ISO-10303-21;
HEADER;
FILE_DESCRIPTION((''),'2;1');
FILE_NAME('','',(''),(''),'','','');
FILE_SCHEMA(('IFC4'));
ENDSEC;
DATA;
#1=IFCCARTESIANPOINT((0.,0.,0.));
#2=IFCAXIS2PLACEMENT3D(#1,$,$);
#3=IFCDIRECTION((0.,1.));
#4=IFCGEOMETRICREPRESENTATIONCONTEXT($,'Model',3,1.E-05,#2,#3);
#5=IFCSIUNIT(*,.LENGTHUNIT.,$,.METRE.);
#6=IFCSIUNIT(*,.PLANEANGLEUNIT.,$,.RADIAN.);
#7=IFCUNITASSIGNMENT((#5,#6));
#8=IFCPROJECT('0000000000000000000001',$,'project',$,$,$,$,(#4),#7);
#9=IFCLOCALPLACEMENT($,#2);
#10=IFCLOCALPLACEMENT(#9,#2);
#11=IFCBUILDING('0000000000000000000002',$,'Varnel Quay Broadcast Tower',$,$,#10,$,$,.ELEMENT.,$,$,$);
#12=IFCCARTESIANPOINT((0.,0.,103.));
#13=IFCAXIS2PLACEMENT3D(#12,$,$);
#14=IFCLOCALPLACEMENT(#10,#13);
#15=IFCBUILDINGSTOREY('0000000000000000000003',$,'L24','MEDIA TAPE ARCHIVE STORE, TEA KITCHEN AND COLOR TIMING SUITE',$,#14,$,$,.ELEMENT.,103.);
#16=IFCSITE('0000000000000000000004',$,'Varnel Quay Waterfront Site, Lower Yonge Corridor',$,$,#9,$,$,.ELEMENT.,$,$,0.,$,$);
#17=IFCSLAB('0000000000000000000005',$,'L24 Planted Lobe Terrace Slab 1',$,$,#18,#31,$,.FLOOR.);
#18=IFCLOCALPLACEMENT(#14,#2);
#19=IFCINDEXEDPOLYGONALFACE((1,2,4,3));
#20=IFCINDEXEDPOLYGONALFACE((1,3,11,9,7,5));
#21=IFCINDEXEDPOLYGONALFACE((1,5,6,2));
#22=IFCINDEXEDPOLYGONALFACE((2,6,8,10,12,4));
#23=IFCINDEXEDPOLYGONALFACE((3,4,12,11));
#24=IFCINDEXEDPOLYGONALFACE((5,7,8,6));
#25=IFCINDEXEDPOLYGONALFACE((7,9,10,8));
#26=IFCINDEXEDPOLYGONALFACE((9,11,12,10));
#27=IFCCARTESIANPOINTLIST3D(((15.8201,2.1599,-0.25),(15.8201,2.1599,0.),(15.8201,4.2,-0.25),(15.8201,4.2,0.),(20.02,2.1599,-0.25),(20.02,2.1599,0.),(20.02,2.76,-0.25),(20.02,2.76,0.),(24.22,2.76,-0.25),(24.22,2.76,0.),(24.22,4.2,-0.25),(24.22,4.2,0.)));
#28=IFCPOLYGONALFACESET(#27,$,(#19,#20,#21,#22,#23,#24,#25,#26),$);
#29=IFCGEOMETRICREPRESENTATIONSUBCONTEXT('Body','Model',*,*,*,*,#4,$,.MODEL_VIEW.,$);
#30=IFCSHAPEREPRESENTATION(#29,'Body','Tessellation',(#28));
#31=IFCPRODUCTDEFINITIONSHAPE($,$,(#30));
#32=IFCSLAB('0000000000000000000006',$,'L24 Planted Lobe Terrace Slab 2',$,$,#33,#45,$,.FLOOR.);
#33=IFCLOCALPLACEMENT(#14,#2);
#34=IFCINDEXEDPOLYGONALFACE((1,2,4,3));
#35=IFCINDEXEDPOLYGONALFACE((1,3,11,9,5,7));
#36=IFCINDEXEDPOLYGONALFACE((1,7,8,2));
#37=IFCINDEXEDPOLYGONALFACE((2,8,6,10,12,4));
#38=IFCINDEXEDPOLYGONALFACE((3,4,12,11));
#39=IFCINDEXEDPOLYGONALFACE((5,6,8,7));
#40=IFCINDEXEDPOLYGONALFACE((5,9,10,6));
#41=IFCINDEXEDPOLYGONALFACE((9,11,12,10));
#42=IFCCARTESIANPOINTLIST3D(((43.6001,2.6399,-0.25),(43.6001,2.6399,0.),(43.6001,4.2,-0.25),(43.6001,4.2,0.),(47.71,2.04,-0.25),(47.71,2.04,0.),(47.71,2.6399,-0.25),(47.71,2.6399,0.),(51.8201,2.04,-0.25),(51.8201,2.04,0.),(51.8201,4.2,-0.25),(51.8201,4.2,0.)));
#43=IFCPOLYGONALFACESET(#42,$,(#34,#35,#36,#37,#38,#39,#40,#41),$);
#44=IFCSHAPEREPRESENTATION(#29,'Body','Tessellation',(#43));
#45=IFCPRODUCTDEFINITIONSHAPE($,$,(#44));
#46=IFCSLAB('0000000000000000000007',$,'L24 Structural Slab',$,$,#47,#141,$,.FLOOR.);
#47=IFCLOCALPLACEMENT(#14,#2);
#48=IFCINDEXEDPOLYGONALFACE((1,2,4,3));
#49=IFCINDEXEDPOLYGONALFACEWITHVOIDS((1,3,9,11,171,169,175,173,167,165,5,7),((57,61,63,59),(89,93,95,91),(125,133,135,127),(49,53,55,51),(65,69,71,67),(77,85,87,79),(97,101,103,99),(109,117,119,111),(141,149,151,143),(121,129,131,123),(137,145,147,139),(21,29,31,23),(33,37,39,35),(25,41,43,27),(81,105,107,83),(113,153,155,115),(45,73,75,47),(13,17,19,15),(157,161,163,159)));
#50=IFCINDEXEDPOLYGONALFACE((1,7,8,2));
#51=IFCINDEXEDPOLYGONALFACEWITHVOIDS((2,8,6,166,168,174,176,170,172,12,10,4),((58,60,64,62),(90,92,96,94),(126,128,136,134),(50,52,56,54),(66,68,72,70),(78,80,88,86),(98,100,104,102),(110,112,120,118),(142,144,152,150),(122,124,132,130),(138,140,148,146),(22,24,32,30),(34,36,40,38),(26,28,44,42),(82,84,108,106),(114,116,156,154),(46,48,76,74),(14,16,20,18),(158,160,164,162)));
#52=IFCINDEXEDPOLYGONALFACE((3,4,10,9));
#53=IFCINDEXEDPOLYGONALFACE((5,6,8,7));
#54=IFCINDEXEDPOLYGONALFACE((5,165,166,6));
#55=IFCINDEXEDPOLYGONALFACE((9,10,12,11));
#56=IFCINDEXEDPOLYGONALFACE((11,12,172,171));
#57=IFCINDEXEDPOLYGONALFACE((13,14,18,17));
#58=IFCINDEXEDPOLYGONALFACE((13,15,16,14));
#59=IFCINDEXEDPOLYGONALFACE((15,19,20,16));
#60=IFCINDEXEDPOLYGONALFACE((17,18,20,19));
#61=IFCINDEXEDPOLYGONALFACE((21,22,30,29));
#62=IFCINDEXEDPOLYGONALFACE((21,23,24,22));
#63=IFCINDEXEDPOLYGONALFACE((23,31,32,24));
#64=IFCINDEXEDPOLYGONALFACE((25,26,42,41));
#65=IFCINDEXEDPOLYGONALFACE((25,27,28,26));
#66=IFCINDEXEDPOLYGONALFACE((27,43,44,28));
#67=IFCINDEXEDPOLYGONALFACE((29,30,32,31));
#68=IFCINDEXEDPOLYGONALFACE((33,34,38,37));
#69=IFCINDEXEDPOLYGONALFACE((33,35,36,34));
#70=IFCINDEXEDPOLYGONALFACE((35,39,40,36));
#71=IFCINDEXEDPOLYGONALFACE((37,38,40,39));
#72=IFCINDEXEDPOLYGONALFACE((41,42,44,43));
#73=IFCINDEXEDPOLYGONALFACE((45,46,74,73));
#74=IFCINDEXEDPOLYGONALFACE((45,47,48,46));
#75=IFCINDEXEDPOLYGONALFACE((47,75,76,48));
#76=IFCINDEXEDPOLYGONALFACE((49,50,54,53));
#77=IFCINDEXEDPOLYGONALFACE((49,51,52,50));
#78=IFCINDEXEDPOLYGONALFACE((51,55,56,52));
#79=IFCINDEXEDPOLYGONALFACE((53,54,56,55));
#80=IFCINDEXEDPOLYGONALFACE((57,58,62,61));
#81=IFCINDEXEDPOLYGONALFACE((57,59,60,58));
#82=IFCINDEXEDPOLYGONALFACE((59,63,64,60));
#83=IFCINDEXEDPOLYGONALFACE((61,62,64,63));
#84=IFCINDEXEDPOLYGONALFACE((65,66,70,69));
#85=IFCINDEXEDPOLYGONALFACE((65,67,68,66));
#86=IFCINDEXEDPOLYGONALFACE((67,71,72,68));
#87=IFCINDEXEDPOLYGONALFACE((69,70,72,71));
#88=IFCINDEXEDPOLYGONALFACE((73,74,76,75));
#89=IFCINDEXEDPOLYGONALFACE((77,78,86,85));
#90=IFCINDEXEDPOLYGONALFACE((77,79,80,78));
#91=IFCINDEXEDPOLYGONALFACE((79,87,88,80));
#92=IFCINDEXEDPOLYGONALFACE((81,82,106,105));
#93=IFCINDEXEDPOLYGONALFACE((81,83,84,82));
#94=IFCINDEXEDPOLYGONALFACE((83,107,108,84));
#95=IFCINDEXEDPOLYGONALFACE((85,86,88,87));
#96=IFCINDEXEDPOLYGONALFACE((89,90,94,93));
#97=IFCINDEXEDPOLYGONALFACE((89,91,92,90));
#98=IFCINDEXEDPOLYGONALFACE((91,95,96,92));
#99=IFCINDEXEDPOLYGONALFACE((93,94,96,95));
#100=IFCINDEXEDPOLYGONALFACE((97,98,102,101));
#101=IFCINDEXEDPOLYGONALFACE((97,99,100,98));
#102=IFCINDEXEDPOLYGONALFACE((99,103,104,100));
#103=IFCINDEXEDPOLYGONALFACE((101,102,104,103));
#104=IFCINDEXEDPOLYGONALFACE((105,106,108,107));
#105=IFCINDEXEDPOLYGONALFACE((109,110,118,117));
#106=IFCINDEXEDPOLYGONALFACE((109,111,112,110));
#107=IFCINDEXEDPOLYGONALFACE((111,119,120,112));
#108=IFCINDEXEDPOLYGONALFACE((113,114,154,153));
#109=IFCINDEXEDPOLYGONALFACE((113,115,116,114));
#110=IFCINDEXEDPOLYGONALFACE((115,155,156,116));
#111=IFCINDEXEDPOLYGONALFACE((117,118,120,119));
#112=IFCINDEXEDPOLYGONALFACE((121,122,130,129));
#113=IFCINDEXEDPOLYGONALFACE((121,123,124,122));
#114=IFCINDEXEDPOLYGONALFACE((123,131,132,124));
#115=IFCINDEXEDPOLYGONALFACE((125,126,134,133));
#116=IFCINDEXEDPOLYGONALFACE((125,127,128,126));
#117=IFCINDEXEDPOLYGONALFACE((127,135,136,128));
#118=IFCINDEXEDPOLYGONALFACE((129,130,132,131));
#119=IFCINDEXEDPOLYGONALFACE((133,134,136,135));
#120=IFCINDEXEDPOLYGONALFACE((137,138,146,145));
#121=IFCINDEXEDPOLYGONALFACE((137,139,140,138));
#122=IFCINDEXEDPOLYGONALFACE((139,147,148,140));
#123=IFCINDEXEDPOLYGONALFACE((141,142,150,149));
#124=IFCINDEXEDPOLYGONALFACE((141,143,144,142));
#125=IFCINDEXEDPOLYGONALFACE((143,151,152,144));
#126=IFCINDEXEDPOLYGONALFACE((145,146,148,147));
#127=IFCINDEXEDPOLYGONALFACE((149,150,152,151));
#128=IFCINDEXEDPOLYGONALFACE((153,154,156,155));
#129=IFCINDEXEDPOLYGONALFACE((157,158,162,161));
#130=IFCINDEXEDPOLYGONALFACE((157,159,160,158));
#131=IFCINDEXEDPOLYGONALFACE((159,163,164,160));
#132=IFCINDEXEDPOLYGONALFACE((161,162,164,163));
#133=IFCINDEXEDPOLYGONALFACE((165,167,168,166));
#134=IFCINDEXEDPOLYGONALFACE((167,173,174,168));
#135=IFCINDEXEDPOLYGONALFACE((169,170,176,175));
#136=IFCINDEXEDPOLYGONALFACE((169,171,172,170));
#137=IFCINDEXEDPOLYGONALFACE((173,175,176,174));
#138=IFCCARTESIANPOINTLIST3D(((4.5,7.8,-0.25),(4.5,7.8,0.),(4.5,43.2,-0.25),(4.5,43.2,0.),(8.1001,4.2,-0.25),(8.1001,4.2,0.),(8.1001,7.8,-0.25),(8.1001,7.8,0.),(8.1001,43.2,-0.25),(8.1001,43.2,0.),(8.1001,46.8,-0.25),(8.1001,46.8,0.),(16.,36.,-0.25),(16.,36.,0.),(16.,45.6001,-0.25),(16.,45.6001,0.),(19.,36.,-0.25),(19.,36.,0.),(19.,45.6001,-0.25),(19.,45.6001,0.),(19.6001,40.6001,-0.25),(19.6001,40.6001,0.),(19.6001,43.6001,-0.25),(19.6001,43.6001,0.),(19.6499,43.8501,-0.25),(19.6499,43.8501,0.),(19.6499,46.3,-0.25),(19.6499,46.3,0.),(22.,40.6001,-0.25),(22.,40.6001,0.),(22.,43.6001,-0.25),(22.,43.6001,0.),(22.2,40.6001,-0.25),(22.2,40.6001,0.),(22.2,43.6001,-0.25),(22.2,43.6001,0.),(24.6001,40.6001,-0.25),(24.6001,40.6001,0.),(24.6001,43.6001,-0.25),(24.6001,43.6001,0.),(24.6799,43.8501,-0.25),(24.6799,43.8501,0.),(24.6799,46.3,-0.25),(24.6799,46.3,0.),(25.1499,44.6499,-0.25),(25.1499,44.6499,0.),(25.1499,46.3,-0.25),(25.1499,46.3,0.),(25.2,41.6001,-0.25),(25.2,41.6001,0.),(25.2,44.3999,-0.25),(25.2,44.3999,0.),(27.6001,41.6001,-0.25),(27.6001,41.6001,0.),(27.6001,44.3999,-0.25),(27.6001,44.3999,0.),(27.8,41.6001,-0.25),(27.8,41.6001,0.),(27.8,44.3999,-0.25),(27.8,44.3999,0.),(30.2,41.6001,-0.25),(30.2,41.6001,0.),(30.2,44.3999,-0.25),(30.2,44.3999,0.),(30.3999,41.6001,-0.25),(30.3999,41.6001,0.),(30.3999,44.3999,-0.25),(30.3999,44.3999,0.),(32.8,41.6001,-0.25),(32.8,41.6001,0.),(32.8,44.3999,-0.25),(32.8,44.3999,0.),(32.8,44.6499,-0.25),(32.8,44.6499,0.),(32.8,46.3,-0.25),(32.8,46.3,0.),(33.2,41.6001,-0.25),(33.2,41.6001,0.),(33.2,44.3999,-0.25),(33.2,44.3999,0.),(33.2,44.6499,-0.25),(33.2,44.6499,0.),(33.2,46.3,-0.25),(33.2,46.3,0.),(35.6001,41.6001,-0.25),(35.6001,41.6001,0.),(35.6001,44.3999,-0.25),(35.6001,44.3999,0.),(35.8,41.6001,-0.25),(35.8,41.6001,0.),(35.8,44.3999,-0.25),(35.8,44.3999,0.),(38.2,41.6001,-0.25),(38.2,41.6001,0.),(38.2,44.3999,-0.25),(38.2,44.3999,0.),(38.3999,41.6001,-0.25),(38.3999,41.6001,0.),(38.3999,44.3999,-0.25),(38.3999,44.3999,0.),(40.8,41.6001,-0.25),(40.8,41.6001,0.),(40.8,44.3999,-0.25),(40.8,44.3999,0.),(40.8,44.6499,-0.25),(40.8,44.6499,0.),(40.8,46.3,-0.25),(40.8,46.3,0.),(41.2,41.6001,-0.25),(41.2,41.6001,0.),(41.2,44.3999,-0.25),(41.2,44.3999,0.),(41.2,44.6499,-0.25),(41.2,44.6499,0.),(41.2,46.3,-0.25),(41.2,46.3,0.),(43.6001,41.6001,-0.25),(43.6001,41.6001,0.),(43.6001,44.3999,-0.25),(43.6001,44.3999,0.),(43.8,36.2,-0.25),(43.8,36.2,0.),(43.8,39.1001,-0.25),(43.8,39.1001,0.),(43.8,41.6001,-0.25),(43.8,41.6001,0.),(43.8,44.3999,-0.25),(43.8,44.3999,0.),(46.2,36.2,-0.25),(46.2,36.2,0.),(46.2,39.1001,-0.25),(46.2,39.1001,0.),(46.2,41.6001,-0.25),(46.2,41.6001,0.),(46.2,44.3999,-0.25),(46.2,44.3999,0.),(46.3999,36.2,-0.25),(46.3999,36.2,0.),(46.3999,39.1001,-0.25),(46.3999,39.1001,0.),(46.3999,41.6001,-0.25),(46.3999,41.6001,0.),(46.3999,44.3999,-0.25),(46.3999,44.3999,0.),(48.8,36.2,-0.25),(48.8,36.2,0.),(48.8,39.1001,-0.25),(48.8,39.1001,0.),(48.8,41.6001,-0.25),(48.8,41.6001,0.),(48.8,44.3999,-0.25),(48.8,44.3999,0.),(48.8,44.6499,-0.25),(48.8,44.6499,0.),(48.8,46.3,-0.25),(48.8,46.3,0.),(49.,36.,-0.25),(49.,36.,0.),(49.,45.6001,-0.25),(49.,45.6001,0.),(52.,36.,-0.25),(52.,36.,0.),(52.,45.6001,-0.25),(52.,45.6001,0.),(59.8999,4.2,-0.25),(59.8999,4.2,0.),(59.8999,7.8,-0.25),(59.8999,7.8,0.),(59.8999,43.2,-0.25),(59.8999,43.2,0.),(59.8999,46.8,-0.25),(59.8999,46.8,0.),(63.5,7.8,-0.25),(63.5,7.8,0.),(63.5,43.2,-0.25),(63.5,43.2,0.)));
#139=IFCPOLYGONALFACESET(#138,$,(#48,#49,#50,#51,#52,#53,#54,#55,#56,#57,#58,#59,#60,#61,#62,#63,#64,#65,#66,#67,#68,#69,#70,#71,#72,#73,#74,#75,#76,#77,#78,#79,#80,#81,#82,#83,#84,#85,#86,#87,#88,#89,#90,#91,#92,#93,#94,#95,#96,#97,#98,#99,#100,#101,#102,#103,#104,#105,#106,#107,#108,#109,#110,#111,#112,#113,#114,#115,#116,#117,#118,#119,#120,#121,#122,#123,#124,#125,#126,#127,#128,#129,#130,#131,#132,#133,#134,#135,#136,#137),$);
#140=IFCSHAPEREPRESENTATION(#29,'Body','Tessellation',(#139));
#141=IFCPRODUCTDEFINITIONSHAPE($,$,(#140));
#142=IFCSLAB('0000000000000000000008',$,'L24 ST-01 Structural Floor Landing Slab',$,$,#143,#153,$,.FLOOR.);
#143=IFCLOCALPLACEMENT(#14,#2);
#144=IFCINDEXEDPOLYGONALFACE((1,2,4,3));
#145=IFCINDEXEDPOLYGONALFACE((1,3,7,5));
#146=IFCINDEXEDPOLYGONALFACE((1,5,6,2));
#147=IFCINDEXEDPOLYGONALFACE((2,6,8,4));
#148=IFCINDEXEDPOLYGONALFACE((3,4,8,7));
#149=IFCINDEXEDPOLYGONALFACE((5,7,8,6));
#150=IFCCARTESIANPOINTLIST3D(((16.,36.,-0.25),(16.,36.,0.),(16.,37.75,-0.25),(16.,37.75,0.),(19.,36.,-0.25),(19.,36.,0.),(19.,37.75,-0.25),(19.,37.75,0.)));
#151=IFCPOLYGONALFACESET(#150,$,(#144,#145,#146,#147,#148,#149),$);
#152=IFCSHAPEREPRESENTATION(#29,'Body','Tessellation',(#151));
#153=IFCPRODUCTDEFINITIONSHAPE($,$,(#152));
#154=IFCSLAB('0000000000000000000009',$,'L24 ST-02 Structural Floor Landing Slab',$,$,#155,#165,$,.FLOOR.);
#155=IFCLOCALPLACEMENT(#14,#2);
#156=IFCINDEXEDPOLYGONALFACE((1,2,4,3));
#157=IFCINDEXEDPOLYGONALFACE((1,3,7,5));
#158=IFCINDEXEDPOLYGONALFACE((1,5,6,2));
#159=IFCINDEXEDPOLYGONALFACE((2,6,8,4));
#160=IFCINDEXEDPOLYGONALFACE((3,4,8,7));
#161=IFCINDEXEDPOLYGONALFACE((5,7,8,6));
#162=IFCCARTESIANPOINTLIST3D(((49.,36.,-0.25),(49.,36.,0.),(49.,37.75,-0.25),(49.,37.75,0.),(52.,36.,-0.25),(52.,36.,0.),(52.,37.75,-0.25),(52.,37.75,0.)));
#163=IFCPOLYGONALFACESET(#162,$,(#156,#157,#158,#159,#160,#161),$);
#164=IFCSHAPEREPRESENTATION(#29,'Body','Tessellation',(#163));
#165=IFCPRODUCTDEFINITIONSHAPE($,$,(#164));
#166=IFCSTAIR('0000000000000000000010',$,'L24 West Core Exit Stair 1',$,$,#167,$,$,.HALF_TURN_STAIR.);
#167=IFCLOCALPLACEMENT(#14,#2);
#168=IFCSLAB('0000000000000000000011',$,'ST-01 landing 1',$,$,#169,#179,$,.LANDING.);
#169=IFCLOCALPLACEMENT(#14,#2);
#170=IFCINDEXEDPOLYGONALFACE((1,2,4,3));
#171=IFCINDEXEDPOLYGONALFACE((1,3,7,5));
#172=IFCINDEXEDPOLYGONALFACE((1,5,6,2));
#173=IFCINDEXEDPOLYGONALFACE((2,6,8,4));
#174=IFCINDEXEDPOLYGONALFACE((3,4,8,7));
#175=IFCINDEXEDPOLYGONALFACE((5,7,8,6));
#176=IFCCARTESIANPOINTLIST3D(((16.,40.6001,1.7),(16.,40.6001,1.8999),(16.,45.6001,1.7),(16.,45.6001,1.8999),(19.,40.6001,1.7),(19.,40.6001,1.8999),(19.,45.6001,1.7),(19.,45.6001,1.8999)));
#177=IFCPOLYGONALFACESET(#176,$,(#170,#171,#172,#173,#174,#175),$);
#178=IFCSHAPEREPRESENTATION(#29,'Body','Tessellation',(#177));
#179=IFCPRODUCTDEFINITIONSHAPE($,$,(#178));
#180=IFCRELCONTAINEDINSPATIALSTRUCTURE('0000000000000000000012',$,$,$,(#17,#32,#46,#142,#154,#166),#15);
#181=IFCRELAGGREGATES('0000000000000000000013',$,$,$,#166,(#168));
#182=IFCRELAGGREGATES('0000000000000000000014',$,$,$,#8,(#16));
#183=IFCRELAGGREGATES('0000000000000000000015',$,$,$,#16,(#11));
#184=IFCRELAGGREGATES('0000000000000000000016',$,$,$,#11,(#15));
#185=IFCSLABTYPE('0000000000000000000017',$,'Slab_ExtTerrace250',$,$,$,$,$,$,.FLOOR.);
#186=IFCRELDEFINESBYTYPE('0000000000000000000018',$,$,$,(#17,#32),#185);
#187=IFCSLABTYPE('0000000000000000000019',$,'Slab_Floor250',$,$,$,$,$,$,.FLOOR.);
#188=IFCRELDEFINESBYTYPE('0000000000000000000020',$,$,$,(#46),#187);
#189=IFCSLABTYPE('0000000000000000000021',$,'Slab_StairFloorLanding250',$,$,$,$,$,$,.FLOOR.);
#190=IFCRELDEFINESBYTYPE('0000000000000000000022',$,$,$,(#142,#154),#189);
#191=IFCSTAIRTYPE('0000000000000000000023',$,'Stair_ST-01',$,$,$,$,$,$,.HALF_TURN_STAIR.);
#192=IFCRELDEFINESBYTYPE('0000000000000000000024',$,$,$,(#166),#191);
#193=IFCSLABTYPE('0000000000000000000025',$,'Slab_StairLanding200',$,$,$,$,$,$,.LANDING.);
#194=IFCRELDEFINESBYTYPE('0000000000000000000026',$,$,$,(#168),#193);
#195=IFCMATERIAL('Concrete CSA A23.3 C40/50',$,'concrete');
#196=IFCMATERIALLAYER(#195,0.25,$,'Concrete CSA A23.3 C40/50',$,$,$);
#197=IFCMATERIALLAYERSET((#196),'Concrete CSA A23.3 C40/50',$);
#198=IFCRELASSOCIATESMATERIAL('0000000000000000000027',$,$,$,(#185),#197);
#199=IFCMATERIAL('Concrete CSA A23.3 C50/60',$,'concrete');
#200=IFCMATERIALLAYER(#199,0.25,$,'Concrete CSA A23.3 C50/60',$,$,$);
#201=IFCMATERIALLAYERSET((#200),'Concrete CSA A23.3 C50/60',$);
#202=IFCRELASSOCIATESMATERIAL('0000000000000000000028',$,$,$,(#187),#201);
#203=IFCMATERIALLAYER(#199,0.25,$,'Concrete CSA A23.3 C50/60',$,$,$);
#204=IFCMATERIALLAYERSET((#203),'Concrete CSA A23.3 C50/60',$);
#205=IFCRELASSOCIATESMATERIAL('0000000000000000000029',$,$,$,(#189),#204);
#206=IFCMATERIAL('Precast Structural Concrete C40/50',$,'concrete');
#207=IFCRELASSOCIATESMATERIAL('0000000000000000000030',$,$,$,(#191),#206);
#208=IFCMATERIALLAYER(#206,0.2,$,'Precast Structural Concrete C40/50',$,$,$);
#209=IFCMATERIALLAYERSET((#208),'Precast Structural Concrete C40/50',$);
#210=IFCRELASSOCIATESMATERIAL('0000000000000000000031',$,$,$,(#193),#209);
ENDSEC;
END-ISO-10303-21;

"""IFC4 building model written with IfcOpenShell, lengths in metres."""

from ifc_helpers import new_model, si_unit, direction, frame, origin, place, context, subcontext, project, spatial, polyline, outline, extrude, material, layer, layer_set, type_object, element, aggregate, save


model = new_model("IFC4")

# Units and contexts
model_context = context("Model", 3, precision=1e-05, world=origin(), true_north=direction((0.0, 1.0)))
body_context = subcontext(model_context, "Body", "Model", "MODEL_VIEW")
ifc_project = project(units=[si_unit("LENGTHUNIT", "METRE"), si_unit("PLANEANGLEUNIT", "RADIAN")], contexts=[model_context])

# Site, building, storey
site_placement = place(None, origin())
site = spatial("IfcSite", under=ifc_project, at=site_placement, Name="Varnel Quay Waterfront Site, Lower Yonge Corridor", CompositionType="ELEMENT", RefElevation=0.0)
building_placement = place(site_placement, origin())
building = spatial("IfcBuilding", under=site, at=building_placement, Name="Varnel Quay Broadcast Tower", CompositionType="ELEMENT")
storey_placement = place(building_placement, frame((0.0, 0.0, 103.0)))
storey = spatial("IfcBuildingStorey", under=building, at=storey_placement, Name="L24", Description="MEDIA TAPE ARCHIVE STORE, TEA KITCHEN AND COLOR TIMING SUITE", CompositionType="ELEMENT", Elevation=103.0)

# Slabs
ifc_material_1 = material(Name="Concrete CSA A23.3 C40/50", Category="concrete")
ifc_layer_1 = layer(ifc_material_1, 0.25, Name="Concrete CSA A23.3 C40/50")
ifc_layer_set_1 = layer_set([ifc_layer_1], Name="Concrete CSA A23.3 C40/50")
slab_type_1 = type_object("IfcSlabType", Name="Slab_ExtTerrace250", PredefinedType="FLOOR", material=ifc_layer_set_1)
slab_1_placement = place(storey_placement, frame((0.0, 0.0, -0.25)))
element("IfcSlab", 1, at=slab_1_placement, inside=storey, type_object=slab_type_1, Name="L24 Planted Lobe Terrace Slab 1", PredefinedType="FLOOR", context=body_context, shape_type="SweptSolid", body=[
    extrude(outline(polyline([(15.8201, 2.1599), (20.02, 2.1599), (20.02, 2.76), (24.22, 2.76), (24.22, 4.2), (15.8201, 4.2), (15.8201, 2.1599)])), origin(), (0.0, 0.0, 1.0), 0.25),
])
slab_2_placement = place(storey_placement, frame((0.0, 0.0, -0.25)))
element("IfcSlab", 2, at=slab_2_placement, inside=storey, type_object=slab_type_1, Name="L24 Planted Lobe Terrace Slab 2", PredefinedType="FLOOR", context=body_context, shape_type="SweptSolid", body=[
    extrude(outline(polyline([(43.6001, 2.6399), (47.71, 2.6399), (47.71, 2.04), (51.8201, 2.04), (51.8201, 4.2), (43.6001, 4.2), (43.6001, 2.6399)])), origin(), (0.0, 0.0, 1.0), 0.25),
])
ifc_material_2 = material(Name="Concrete CSA A23.3 C50/60", Category="concrete")
ifc_layer_2 = layer(ifc_material_2, 0.25, Name="Concrete CSA A23.3 C50/60")
ifc_layer_set_2 = layer_set([ifc_layer_2], Name="Concrete CSA A23.3 C50/60")
slab_type_2 = type_object("IfcSlabType", Name="Slab_Floor250", PredefinedType="FLOOR", material=ifc_layer_set_2)
slab_3_placement = place(storey_placement, frame((0.0, 0.0, -0.25)))
element("IfcSlab", 3, at=slab_3_placement, inside=storey, type_object=slab_type_2, Name="L24 Structural Slab", PredefinedType="FLOOR", context=body_context, shape_type="SweptSolid", body=[
    extrude(outline(polyline([(8.1001, 4.2), (59.8999, 4.2), (59.8999, 7.8), (63.5, 7.8), (63.5, 43.2), (59.8999, 43.2), (59.8999, 46.8), (8.1001, 46.8), (8.1001, 43.2), (4.5, 43.2), (4.5, 7.8), (8.1001, 7.8), (8.1001, 4.2)]), holes=[polyline([(16.0, 36.0), (16.0, 45.6001), (19.0, 45.6001), (19.0, 36.0), (16.0, 36.0)]), polyline([(19.6001, 43.6001), (22.0, 43.6001), (22.0, 40.6001), (19.6001, 40.6001), (19.6001, 43.6001)]), polyline([(22.2, 43.6001), (24.6001, 43.6001), (24.6001, 40.6001), (22.2, 40.6001), (22.2, 43.6001)]), polyline([(25.2, 44.3999), (27.6001, 44.3999), (27.6001, 41.6001), (25.2, 41.6001), (25.2, 44.3999)]), polyline([(27.8, 44.3999), (30.2, 44.3999), (30.2, 41.6001), (27.8, 41.6001), (27.8, 44.3999)]), polyline([(30.3999, 44.3999), (32.8, 44.3999), (32.8, 41.6001), (30.3999, 41.6001), (30.3999, 44.3999)]), polyline([(33.2, 44.3999), (35.6001, 44.3999), (35.6001, 41.6001), (33.2, 41.6001), (33.2, 44.3999)]), polyline([(38.2, 44.3999), (38.2, 41.6001), (35.8, 41.6001), (35.8, 44.3999), (38.2, 44.3999)]), polyline([(24.6799, 46.3), (24.6799, 43.8501), (19.6499, 43.8501), (19.6499, 46.3), (24.6799, 46.3)]), polyline([(25.1499, 46.3), (32.8, 46.3), (32.8, 44.6499), (25.1499, 44.6499), (25.1499, 46.3)]), polyline([(43.8, 39.1001), (46.2, 39.1001), (46.2, 36.2), (43.8, 36.2), (43.8, 39.1001)]), polyline([(46.3999, 39.1001), (48.8, 39.1001), (48.8, 36.2), (46.3999, 36.2), (46.3999, 39.1001)]), polyline([(49.0, 45.6001), (52.0, 45.6001), (52.0, 36.0), (49.0, 36.0), (49.0, 45.6001)]), polyline([(40.8, 44.3999), (40.8, 41.6001), (38.3999, 41.6001), (38.3999, 44.3999), (40.8, 44.3999)]), polyline([(41.2, 44.3999), (43.6001, 44.3999), (43.6001, 41.6001), (41.2, 41.6001), (41.2, 44.3999)]), polyline([(43.8, 44.3999), (46.2, 44.3999), (46.2, 41.6001), (43.8, 41.6001), (43.8, 44.3999)]), polyline([(46.3999, 44.3999), (48.8, 44.3999), (48.8, 41.6001), (46.3999, 41.6001), (46.3999, 44.3999)]), polyline([(40.8, 46.3), (40.8, 44.6499), (33.2, 44.6499), (33.2, 46.3), (40.8, 46.3)]), polyline([(48.8, 46.3), (48.8, 44.6499), (41.2, 44.6499), (41.2, 46.3), (48.8, 46.3)])]), origin(), (0.0, 0.0, 1.0), 0.25),
])
ifc_layer_3 = layer(ifc_material_2, 0.25, Name="Concrete CSA A23.3 C50/60")
ifc_layer_set_3 = layer_set([ifc_layer_3], Name="Concrete CSA A23.3 C50/60")
slab_type_3 = type_object("IfcSlabType", Name="Slab_StairFloorLanding250", PredefinedType="FLOOR", material=ifc_layer_set_3)
slab_4_placement = place(storey_placement, frame((0.0, 0.0, -0.25)))
element("IfcSlab", 4, at=slab_4_placement, inside=storey, type_object=slab_type_3, Name="L24 ST-01 Structural Floor Landing Slab", PredefinedType="FLOOR", context=body_context, shape_type="SweptSolid", body=[
    extrude(outline(polyline([(19.0, 36.0), (19.0, 37.75), (16.0, 37.75), (16.0, 36.0), (19.0, 36.0)])), origin(), (0.0, 0.0, 1.0), 0.25),
])
slab_5_placement = place(storey_placement, frame((0.0, 0.0, -0.25)))
element("IfcSlab", 5, at=slab_5_placement, inside=storey, type_object=slab_type_3, Name="L24 ST-02 Structural Floor Landing Slab", PredefinedType="FLOOR", context=body_context, shape_type="SweptSolid", body=[
    extrude(outline(polyline([(52.0, 36.0), (52.0, 37.75), (49.0, 37.75), (49.0, 36.0), (52.0, 36.0)])), origin(), (0.0, 0.0, 1.0), 0.25),
])

# Stair, slab
ifc_material_3 = material(Name="Precast Structural Concrete C40/50", Category="concrete")
stair_type_1 = type_object("IfcStairType", Name="Stair_ST-01", PredefinedType="HALF_TURN_STAIR", material=ifc_material_3)
stair_1_placement = place(storey_placement, origin())
stair_1 = element("IfcStair", 6, at=stair_1_placement, inside=storey, type_object=stair_type_1, Name="L24 West Core Exit Stair 1", PredefinedType="HALF_TURN_STAIR")
ifc_layer_4 = layer(ifc_material_3, 0.2, Name="Precast Structural Concrete C40/50")
ifc_layer_set_4 = layer_set([ifc_layer_4], Name="Precast Structural Concrete C40/50")
slab_type_4 = type_object("IfcSlabType", Name="Slab_StairLanding200", PredefinedType="LANDING", material=ifc_layer_set_4)
slab_6_placement = place(storey_placement, frame((0.0, 0.0, 1.7)))
slab_6 = element("IfcSlab", 7, at=slab_6_placement, type_object=slab_type_4, Name="ST-01 landing 1", PredefinedType="LANDING", context=body_context, shape_type="SweptSolid", body=[
    extrude(outline(polyline([(19.0, 40.6001), (19.0, 45.6001), (16.0, 45.6001), (16.0, 40.6001), (19.0, 40.6001)])), origin(), (0.0, 0.0, 1.0), 0.2),
])
aggregate(stair_1, [slab_6])

save(model, "model.ifc")
